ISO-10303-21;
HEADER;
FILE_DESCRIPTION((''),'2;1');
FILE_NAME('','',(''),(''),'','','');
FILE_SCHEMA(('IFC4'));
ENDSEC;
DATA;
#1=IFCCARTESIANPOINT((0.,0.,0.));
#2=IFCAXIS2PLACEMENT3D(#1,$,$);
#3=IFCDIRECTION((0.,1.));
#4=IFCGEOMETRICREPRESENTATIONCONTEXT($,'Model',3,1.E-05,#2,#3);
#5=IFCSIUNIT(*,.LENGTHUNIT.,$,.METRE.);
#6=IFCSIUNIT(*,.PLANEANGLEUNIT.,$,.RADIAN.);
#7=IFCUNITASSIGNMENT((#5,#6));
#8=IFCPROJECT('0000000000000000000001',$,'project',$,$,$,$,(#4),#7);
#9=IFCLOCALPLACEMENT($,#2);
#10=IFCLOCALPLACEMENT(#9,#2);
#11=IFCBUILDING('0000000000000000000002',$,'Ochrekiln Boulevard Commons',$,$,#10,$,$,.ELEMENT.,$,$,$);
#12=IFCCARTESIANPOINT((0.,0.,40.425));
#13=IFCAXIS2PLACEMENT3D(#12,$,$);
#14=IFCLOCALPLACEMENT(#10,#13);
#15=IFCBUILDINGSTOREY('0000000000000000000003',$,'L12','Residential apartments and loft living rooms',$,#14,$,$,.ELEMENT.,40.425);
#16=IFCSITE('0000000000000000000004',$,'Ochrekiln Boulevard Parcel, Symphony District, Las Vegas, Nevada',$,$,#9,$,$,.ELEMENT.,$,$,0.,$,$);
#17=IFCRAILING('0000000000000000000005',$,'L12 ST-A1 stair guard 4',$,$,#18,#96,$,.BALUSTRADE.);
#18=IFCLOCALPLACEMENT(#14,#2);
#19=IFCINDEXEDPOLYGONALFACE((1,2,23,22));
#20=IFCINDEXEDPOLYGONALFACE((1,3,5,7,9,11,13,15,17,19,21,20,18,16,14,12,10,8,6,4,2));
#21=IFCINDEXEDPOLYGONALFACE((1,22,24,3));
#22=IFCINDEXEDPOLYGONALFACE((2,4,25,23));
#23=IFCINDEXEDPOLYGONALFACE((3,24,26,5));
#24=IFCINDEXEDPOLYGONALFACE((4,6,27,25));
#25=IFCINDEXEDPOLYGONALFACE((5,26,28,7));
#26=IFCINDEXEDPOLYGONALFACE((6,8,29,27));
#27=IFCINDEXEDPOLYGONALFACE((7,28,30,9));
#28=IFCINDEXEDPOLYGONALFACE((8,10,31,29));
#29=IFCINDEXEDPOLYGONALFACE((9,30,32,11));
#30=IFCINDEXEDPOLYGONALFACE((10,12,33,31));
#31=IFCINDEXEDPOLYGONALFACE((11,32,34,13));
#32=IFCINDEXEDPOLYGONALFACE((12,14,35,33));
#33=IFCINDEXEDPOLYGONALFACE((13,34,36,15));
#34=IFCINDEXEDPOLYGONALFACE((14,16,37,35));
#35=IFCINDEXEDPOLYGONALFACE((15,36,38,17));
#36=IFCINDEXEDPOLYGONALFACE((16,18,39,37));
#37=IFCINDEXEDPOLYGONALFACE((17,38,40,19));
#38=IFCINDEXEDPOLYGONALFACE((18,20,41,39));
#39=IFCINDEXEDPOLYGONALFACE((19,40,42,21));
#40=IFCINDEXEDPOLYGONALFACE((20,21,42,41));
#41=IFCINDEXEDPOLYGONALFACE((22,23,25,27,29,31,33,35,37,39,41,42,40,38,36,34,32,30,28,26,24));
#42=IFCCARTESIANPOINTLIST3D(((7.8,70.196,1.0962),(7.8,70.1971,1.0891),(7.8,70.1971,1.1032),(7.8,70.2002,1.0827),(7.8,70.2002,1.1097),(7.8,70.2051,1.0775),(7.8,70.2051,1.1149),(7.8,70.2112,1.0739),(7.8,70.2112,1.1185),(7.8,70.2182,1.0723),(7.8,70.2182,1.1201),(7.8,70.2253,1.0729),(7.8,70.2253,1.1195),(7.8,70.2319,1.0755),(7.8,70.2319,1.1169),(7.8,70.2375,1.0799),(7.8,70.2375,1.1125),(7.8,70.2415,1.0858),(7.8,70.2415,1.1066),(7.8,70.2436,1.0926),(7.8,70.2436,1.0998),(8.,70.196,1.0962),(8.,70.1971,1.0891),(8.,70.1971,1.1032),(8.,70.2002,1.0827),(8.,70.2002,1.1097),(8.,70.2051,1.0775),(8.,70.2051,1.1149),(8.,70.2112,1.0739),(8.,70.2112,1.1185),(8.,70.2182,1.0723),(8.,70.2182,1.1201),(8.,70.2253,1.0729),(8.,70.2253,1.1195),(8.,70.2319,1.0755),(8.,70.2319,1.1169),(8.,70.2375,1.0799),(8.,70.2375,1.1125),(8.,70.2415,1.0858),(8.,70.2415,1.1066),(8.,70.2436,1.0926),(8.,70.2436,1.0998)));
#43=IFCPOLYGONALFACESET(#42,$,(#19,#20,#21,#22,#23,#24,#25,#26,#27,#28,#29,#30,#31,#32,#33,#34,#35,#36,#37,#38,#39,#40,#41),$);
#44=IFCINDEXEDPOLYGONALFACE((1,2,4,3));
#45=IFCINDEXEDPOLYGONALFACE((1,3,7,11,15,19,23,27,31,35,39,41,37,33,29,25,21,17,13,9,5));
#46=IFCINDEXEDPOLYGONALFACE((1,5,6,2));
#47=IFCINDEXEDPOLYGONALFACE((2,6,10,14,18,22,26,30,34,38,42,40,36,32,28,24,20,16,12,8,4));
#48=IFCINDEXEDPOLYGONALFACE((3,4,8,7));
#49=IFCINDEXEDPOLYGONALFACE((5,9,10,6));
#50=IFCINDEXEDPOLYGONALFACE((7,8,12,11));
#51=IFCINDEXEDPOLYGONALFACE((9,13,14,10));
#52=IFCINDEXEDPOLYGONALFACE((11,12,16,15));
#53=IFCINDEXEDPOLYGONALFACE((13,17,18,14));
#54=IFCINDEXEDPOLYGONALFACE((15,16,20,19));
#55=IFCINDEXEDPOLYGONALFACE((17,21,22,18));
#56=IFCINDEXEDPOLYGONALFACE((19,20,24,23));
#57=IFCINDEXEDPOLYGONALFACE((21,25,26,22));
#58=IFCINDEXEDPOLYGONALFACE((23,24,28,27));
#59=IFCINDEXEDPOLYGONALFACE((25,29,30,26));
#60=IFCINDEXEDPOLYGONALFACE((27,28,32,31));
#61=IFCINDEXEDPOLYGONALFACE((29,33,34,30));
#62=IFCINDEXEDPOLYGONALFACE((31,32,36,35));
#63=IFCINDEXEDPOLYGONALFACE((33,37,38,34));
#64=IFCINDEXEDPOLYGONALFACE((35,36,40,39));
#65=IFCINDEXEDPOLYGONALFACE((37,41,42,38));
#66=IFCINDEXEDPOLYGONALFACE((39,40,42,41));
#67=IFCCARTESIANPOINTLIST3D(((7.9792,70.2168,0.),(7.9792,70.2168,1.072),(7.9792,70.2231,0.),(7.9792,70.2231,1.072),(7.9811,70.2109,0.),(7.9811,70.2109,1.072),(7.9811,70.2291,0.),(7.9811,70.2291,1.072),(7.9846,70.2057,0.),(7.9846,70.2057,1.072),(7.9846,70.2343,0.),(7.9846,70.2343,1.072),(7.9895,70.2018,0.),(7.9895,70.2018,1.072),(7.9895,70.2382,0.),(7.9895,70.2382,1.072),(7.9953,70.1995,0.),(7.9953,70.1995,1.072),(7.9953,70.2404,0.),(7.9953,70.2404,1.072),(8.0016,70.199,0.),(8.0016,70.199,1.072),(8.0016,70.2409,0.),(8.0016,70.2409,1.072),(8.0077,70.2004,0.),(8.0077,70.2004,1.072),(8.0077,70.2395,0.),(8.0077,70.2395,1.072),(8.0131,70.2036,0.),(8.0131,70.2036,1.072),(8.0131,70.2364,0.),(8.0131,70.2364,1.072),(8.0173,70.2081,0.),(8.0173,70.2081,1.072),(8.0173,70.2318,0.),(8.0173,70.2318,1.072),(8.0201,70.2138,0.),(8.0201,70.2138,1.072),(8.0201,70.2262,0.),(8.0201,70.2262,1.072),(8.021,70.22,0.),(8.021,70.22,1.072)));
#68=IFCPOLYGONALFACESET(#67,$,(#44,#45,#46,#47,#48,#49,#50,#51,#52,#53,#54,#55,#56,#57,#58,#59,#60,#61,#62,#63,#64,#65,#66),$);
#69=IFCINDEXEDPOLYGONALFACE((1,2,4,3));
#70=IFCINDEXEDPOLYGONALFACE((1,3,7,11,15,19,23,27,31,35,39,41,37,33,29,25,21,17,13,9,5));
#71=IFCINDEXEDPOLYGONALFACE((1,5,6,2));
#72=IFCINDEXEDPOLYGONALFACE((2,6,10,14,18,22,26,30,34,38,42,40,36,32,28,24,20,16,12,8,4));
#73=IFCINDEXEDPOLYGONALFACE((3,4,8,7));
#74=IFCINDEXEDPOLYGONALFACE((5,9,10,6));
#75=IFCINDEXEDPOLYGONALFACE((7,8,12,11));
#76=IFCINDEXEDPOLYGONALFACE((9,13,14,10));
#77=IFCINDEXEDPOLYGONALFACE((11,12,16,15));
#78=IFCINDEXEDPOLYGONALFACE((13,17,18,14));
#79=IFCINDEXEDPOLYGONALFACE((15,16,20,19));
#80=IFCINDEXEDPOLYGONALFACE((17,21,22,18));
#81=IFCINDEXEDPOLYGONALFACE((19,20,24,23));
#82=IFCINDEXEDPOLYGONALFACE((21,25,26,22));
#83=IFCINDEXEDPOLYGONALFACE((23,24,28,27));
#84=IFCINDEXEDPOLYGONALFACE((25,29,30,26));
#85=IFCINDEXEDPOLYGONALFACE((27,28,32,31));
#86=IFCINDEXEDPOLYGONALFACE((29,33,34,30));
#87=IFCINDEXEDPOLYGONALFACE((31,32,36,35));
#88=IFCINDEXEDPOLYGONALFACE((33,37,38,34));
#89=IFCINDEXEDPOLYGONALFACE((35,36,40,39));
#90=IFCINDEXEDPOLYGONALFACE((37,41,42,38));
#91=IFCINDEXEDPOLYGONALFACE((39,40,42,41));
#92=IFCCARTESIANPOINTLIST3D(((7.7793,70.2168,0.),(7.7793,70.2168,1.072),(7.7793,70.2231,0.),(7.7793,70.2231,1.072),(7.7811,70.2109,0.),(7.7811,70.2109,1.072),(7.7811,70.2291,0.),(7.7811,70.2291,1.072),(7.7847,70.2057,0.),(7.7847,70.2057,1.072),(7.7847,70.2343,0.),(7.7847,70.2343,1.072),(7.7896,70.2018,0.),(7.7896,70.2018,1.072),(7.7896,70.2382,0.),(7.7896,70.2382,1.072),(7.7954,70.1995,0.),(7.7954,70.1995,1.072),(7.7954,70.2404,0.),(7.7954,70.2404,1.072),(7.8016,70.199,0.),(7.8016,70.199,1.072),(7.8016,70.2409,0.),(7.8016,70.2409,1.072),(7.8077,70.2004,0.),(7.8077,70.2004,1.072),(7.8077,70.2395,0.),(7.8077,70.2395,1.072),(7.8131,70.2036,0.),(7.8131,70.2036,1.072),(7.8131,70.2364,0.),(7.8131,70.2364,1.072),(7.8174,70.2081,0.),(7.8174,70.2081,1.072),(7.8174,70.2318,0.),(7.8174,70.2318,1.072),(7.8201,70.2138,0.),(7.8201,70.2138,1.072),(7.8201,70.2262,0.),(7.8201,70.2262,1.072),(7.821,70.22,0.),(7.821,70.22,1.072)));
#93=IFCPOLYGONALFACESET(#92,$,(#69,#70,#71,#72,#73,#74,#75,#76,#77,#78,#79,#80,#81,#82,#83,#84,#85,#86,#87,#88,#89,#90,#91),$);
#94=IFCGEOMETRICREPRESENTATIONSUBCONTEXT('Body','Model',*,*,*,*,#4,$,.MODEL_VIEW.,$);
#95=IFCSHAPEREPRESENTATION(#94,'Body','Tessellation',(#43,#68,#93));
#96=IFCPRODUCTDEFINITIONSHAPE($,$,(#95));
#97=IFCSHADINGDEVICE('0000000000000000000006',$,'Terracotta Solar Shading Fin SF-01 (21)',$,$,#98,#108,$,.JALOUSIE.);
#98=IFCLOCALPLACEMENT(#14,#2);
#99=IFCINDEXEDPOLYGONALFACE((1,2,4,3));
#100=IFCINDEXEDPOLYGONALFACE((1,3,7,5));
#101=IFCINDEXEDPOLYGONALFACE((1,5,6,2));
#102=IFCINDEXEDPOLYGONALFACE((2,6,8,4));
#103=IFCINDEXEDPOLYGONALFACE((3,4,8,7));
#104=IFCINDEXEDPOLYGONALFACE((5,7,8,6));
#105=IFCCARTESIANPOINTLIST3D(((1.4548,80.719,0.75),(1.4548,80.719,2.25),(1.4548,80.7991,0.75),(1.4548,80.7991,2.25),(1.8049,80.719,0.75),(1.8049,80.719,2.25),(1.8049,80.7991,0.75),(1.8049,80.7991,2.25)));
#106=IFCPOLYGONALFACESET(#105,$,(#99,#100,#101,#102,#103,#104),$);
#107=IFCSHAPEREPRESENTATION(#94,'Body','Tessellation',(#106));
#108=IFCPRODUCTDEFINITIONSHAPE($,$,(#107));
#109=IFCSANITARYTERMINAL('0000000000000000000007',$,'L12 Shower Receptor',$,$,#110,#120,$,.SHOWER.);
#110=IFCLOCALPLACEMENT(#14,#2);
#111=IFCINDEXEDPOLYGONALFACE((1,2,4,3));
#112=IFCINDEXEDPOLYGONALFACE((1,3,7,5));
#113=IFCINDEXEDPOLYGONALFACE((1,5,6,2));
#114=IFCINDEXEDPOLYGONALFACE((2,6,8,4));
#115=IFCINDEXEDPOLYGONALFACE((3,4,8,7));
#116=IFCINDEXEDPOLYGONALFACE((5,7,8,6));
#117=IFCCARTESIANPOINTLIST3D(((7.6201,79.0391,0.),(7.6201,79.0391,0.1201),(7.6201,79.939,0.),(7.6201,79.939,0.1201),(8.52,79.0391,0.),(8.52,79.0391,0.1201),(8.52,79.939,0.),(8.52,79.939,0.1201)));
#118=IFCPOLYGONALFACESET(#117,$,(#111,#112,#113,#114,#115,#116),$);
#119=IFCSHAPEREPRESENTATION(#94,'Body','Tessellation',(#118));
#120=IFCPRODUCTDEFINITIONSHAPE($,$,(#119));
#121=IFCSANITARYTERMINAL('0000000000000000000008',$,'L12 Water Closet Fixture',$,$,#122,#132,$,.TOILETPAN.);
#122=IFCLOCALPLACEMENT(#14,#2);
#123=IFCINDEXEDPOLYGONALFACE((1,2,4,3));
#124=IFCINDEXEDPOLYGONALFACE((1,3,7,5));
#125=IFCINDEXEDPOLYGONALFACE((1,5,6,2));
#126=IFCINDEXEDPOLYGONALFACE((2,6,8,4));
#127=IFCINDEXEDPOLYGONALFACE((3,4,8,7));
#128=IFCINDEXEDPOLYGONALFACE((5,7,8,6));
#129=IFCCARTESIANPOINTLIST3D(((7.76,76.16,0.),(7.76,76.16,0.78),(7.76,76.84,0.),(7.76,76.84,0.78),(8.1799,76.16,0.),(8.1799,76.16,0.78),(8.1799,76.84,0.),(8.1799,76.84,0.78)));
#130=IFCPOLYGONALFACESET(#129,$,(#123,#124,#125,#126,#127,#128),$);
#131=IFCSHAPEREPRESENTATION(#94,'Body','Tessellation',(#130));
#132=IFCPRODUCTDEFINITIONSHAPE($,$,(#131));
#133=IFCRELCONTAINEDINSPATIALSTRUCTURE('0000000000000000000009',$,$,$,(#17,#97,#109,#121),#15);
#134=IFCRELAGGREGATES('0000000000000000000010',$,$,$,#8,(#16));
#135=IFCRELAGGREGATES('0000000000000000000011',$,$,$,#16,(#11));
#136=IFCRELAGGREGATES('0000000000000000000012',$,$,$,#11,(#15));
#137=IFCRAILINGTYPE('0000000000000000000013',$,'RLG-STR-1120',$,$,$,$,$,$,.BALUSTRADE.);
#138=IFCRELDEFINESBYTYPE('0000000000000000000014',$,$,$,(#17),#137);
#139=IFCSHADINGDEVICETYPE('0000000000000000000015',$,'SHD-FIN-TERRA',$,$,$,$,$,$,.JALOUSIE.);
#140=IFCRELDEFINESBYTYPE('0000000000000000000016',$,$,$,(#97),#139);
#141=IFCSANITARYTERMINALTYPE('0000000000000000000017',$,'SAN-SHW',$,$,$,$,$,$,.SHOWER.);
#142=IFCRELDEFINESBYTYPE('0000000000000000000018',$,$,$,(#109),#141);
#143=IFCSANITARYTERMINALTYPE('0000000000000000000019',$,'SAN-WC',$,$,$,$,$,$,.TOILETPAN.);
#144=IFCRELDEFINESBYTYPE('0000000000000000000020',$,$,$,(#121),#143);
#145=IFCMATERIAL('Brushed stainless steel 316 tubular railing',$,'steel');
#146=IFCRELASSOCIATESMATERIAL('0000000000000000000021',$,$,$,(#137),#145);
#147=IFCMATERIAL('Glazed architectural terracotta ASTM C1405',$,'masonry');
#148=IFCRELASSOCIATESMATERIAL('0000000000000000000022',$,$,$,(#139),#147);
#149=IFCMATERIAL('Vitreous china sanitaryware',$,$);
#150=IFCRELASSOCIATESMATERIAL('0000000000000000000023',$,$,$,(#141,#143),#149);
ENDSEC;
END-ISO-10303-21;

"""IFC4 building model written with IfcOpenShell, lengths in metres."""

from ifc_helpers import new_model, si_unit, direction, frame, origin, origin_2d, place, context, subcontext, project, spatial, rectangle, circle, extrude, material, type_object, element, save


model = new_model("IFC4")

# Units and contexts
model_context = context("Model", 3, precision=1e-05, world=origin(), true_north=direction((0.0, 1.0)))
body_context = subcontext(model_context, "Body", "Model", "MODEL_VIEW")
ifc_project = project(units=[si_unit("LENGTHUNIT", "METRE"), si_unit("PLANEANGLEUNIT", "RADIAN")], contexts=[model_context])

# Site, building, storey
site_placement = place(None, origin())
site = spatial("IfcSite", under=ifc_project, at=site_placement, Name="Ochrekiln Boulevard Parcel, Symphony District, Las Vegas, Nevada", CompositionType="ELEMENT", RefElevation=0.0)
building_placement = place(site_placement, origin())
building = spatial("IfcBuilding", under=site, at=building_placement, Name="Ochrekiln Boulevard Commons", CompositionType="ELEMENT")
storey_placement = place(building_placement, frame((0.0, 0.0, 40.425)))
storey = spatial("IfcBuildingStorey", under=building, at=storey_placement, Name="L12", Description="Residential apartments and loft living rooms", CompositionType="ELEMENT", Elevation=40.425)

# Railing
ifc_material_1 = material(Name="Brushed stainless steel 316 tubular railing", Category="steel")
railing_type_1 = type_object("IfcRailingType", Name="RLG-STR-1120", PredefinedType="BALUSTRADE", material=ifc_material_1)
railing_1_placement = place(storey_placement, frame((8.0, 70.22, 0.0)))
element("IfcRailing", 1, at=railing_1_placement, inside=storey, type_object=railing_type_1, Name="L12 ST-A1 stair guard 4", PredefinedType="BALUSTRADE", context=body_context, shape_type="SweptSolid", body=[
    extrude(circle(Radius=0.0239, at=origin_2d()), frame((0.0, 0.0, 1.0962), z_axis=(-1.0, 0.0, 0.0), x_axis=(0.0, -1.0, 0.0)), (0.0, 0.0, 1.0), 0.2),
    extrude(circle(Radius=0.021, at=origin_2d()), origin(), (0.0, 0.0, 1.0), 1.072),
    extrude(circle(Radius=0.021, at=origin_2d()), frame((-0.2, 0.0, 0.0)), (0.0, 0.0, 1.0), 1.072),
])

# Shading device
ifc_material_2 = material(Name="Glazed architectural terracotta ASTM C1405", Category="masonry")
shading_device_type = type_object("IfcShadingDeviceType", Name="SHD-FIN-TERRA", PredefinedType="JALOUSIE", material=ifc_material_2)
shading_device_placement = place(storey_placement, frame((1.6299, 80.759, 0.75), z_axis=(0.0, 0.0, 1.0), x_axis=(1.0, 0.0, 0.0)))
element("IfcShadingDevice", 2, at=shading_device_placement, inside=storey, type_object=shading_device_type, Name="Terracotta Solar Shading Fin SF-01 (21)", PredefinedType="JALOUSIE", context=body_context, shape_type="SweptSolid", body=[
    extrude(rectangle(XDim=0.3501, YDim=0.0801, at=origin_2d()), origin(), (0.0, 0.0, 1.0), 1.5),
])

# Sanitary terminals
ifc_material_3 = material(Name="Vitreous china sanitaryware")
sanitary_terminal_type_1 = type_object("IfcSanitaryTerminalType", Name="SAN-SHW", PredefinedType="SHOWER", material=ifc_material_3)
sanitary_terminal_1_placement = place(storey_placement, frame((8.0701, 79.489, 0.0), z_axis=(0.0, 0.0, 1.0), x_axis=(1.0, 0.0, 0.0)))
element("IfcSanitaryTerminal", 3, at=sanitary_terminal_1_placement, inside=storey, type_object=sanitary_terminal_type_1, Name="L12 Shower Receptor", PredefinedType="SHOWER", context=body_context, shape_type="SweptSolid", body=[
    extrude(rectangle(XDim=0.8999, YDim=0.8999, at=origin_2d()), origin(), (0.0, 0.0, 1.0), 0.1201),
])
sanitary_terminal_type_2 = type_object("IfcSanitaryTerminalType", Name="SAN-WC", PredefinedType="TOILETPAN", material=ifc_material_3)
sanitary_terminal_2_placement = place(storey_placement, frame((7.97, 76.5, 0.0), z_axis=(0.0, 0.0, 1.0), x_axis=(1.0, 0.0, 0.0)))
element("IfcSanitaryTerminal", 4, at=sanitary_terminal_2_placement, inside=storey, type_object=sanitary_terminal_type_2, Name="L12 Water Closet Fixture", PredefinedType="TOILETPAN", context=body_context, shape_type="SweptSolid", body=[
    extrude(rectangle(XDim=0.4199, YDim=0.6799, at=origin_2d()), origin(), (0.0, 0.0, 1.0), 0.78),
])

save(model, "model.ifc")
